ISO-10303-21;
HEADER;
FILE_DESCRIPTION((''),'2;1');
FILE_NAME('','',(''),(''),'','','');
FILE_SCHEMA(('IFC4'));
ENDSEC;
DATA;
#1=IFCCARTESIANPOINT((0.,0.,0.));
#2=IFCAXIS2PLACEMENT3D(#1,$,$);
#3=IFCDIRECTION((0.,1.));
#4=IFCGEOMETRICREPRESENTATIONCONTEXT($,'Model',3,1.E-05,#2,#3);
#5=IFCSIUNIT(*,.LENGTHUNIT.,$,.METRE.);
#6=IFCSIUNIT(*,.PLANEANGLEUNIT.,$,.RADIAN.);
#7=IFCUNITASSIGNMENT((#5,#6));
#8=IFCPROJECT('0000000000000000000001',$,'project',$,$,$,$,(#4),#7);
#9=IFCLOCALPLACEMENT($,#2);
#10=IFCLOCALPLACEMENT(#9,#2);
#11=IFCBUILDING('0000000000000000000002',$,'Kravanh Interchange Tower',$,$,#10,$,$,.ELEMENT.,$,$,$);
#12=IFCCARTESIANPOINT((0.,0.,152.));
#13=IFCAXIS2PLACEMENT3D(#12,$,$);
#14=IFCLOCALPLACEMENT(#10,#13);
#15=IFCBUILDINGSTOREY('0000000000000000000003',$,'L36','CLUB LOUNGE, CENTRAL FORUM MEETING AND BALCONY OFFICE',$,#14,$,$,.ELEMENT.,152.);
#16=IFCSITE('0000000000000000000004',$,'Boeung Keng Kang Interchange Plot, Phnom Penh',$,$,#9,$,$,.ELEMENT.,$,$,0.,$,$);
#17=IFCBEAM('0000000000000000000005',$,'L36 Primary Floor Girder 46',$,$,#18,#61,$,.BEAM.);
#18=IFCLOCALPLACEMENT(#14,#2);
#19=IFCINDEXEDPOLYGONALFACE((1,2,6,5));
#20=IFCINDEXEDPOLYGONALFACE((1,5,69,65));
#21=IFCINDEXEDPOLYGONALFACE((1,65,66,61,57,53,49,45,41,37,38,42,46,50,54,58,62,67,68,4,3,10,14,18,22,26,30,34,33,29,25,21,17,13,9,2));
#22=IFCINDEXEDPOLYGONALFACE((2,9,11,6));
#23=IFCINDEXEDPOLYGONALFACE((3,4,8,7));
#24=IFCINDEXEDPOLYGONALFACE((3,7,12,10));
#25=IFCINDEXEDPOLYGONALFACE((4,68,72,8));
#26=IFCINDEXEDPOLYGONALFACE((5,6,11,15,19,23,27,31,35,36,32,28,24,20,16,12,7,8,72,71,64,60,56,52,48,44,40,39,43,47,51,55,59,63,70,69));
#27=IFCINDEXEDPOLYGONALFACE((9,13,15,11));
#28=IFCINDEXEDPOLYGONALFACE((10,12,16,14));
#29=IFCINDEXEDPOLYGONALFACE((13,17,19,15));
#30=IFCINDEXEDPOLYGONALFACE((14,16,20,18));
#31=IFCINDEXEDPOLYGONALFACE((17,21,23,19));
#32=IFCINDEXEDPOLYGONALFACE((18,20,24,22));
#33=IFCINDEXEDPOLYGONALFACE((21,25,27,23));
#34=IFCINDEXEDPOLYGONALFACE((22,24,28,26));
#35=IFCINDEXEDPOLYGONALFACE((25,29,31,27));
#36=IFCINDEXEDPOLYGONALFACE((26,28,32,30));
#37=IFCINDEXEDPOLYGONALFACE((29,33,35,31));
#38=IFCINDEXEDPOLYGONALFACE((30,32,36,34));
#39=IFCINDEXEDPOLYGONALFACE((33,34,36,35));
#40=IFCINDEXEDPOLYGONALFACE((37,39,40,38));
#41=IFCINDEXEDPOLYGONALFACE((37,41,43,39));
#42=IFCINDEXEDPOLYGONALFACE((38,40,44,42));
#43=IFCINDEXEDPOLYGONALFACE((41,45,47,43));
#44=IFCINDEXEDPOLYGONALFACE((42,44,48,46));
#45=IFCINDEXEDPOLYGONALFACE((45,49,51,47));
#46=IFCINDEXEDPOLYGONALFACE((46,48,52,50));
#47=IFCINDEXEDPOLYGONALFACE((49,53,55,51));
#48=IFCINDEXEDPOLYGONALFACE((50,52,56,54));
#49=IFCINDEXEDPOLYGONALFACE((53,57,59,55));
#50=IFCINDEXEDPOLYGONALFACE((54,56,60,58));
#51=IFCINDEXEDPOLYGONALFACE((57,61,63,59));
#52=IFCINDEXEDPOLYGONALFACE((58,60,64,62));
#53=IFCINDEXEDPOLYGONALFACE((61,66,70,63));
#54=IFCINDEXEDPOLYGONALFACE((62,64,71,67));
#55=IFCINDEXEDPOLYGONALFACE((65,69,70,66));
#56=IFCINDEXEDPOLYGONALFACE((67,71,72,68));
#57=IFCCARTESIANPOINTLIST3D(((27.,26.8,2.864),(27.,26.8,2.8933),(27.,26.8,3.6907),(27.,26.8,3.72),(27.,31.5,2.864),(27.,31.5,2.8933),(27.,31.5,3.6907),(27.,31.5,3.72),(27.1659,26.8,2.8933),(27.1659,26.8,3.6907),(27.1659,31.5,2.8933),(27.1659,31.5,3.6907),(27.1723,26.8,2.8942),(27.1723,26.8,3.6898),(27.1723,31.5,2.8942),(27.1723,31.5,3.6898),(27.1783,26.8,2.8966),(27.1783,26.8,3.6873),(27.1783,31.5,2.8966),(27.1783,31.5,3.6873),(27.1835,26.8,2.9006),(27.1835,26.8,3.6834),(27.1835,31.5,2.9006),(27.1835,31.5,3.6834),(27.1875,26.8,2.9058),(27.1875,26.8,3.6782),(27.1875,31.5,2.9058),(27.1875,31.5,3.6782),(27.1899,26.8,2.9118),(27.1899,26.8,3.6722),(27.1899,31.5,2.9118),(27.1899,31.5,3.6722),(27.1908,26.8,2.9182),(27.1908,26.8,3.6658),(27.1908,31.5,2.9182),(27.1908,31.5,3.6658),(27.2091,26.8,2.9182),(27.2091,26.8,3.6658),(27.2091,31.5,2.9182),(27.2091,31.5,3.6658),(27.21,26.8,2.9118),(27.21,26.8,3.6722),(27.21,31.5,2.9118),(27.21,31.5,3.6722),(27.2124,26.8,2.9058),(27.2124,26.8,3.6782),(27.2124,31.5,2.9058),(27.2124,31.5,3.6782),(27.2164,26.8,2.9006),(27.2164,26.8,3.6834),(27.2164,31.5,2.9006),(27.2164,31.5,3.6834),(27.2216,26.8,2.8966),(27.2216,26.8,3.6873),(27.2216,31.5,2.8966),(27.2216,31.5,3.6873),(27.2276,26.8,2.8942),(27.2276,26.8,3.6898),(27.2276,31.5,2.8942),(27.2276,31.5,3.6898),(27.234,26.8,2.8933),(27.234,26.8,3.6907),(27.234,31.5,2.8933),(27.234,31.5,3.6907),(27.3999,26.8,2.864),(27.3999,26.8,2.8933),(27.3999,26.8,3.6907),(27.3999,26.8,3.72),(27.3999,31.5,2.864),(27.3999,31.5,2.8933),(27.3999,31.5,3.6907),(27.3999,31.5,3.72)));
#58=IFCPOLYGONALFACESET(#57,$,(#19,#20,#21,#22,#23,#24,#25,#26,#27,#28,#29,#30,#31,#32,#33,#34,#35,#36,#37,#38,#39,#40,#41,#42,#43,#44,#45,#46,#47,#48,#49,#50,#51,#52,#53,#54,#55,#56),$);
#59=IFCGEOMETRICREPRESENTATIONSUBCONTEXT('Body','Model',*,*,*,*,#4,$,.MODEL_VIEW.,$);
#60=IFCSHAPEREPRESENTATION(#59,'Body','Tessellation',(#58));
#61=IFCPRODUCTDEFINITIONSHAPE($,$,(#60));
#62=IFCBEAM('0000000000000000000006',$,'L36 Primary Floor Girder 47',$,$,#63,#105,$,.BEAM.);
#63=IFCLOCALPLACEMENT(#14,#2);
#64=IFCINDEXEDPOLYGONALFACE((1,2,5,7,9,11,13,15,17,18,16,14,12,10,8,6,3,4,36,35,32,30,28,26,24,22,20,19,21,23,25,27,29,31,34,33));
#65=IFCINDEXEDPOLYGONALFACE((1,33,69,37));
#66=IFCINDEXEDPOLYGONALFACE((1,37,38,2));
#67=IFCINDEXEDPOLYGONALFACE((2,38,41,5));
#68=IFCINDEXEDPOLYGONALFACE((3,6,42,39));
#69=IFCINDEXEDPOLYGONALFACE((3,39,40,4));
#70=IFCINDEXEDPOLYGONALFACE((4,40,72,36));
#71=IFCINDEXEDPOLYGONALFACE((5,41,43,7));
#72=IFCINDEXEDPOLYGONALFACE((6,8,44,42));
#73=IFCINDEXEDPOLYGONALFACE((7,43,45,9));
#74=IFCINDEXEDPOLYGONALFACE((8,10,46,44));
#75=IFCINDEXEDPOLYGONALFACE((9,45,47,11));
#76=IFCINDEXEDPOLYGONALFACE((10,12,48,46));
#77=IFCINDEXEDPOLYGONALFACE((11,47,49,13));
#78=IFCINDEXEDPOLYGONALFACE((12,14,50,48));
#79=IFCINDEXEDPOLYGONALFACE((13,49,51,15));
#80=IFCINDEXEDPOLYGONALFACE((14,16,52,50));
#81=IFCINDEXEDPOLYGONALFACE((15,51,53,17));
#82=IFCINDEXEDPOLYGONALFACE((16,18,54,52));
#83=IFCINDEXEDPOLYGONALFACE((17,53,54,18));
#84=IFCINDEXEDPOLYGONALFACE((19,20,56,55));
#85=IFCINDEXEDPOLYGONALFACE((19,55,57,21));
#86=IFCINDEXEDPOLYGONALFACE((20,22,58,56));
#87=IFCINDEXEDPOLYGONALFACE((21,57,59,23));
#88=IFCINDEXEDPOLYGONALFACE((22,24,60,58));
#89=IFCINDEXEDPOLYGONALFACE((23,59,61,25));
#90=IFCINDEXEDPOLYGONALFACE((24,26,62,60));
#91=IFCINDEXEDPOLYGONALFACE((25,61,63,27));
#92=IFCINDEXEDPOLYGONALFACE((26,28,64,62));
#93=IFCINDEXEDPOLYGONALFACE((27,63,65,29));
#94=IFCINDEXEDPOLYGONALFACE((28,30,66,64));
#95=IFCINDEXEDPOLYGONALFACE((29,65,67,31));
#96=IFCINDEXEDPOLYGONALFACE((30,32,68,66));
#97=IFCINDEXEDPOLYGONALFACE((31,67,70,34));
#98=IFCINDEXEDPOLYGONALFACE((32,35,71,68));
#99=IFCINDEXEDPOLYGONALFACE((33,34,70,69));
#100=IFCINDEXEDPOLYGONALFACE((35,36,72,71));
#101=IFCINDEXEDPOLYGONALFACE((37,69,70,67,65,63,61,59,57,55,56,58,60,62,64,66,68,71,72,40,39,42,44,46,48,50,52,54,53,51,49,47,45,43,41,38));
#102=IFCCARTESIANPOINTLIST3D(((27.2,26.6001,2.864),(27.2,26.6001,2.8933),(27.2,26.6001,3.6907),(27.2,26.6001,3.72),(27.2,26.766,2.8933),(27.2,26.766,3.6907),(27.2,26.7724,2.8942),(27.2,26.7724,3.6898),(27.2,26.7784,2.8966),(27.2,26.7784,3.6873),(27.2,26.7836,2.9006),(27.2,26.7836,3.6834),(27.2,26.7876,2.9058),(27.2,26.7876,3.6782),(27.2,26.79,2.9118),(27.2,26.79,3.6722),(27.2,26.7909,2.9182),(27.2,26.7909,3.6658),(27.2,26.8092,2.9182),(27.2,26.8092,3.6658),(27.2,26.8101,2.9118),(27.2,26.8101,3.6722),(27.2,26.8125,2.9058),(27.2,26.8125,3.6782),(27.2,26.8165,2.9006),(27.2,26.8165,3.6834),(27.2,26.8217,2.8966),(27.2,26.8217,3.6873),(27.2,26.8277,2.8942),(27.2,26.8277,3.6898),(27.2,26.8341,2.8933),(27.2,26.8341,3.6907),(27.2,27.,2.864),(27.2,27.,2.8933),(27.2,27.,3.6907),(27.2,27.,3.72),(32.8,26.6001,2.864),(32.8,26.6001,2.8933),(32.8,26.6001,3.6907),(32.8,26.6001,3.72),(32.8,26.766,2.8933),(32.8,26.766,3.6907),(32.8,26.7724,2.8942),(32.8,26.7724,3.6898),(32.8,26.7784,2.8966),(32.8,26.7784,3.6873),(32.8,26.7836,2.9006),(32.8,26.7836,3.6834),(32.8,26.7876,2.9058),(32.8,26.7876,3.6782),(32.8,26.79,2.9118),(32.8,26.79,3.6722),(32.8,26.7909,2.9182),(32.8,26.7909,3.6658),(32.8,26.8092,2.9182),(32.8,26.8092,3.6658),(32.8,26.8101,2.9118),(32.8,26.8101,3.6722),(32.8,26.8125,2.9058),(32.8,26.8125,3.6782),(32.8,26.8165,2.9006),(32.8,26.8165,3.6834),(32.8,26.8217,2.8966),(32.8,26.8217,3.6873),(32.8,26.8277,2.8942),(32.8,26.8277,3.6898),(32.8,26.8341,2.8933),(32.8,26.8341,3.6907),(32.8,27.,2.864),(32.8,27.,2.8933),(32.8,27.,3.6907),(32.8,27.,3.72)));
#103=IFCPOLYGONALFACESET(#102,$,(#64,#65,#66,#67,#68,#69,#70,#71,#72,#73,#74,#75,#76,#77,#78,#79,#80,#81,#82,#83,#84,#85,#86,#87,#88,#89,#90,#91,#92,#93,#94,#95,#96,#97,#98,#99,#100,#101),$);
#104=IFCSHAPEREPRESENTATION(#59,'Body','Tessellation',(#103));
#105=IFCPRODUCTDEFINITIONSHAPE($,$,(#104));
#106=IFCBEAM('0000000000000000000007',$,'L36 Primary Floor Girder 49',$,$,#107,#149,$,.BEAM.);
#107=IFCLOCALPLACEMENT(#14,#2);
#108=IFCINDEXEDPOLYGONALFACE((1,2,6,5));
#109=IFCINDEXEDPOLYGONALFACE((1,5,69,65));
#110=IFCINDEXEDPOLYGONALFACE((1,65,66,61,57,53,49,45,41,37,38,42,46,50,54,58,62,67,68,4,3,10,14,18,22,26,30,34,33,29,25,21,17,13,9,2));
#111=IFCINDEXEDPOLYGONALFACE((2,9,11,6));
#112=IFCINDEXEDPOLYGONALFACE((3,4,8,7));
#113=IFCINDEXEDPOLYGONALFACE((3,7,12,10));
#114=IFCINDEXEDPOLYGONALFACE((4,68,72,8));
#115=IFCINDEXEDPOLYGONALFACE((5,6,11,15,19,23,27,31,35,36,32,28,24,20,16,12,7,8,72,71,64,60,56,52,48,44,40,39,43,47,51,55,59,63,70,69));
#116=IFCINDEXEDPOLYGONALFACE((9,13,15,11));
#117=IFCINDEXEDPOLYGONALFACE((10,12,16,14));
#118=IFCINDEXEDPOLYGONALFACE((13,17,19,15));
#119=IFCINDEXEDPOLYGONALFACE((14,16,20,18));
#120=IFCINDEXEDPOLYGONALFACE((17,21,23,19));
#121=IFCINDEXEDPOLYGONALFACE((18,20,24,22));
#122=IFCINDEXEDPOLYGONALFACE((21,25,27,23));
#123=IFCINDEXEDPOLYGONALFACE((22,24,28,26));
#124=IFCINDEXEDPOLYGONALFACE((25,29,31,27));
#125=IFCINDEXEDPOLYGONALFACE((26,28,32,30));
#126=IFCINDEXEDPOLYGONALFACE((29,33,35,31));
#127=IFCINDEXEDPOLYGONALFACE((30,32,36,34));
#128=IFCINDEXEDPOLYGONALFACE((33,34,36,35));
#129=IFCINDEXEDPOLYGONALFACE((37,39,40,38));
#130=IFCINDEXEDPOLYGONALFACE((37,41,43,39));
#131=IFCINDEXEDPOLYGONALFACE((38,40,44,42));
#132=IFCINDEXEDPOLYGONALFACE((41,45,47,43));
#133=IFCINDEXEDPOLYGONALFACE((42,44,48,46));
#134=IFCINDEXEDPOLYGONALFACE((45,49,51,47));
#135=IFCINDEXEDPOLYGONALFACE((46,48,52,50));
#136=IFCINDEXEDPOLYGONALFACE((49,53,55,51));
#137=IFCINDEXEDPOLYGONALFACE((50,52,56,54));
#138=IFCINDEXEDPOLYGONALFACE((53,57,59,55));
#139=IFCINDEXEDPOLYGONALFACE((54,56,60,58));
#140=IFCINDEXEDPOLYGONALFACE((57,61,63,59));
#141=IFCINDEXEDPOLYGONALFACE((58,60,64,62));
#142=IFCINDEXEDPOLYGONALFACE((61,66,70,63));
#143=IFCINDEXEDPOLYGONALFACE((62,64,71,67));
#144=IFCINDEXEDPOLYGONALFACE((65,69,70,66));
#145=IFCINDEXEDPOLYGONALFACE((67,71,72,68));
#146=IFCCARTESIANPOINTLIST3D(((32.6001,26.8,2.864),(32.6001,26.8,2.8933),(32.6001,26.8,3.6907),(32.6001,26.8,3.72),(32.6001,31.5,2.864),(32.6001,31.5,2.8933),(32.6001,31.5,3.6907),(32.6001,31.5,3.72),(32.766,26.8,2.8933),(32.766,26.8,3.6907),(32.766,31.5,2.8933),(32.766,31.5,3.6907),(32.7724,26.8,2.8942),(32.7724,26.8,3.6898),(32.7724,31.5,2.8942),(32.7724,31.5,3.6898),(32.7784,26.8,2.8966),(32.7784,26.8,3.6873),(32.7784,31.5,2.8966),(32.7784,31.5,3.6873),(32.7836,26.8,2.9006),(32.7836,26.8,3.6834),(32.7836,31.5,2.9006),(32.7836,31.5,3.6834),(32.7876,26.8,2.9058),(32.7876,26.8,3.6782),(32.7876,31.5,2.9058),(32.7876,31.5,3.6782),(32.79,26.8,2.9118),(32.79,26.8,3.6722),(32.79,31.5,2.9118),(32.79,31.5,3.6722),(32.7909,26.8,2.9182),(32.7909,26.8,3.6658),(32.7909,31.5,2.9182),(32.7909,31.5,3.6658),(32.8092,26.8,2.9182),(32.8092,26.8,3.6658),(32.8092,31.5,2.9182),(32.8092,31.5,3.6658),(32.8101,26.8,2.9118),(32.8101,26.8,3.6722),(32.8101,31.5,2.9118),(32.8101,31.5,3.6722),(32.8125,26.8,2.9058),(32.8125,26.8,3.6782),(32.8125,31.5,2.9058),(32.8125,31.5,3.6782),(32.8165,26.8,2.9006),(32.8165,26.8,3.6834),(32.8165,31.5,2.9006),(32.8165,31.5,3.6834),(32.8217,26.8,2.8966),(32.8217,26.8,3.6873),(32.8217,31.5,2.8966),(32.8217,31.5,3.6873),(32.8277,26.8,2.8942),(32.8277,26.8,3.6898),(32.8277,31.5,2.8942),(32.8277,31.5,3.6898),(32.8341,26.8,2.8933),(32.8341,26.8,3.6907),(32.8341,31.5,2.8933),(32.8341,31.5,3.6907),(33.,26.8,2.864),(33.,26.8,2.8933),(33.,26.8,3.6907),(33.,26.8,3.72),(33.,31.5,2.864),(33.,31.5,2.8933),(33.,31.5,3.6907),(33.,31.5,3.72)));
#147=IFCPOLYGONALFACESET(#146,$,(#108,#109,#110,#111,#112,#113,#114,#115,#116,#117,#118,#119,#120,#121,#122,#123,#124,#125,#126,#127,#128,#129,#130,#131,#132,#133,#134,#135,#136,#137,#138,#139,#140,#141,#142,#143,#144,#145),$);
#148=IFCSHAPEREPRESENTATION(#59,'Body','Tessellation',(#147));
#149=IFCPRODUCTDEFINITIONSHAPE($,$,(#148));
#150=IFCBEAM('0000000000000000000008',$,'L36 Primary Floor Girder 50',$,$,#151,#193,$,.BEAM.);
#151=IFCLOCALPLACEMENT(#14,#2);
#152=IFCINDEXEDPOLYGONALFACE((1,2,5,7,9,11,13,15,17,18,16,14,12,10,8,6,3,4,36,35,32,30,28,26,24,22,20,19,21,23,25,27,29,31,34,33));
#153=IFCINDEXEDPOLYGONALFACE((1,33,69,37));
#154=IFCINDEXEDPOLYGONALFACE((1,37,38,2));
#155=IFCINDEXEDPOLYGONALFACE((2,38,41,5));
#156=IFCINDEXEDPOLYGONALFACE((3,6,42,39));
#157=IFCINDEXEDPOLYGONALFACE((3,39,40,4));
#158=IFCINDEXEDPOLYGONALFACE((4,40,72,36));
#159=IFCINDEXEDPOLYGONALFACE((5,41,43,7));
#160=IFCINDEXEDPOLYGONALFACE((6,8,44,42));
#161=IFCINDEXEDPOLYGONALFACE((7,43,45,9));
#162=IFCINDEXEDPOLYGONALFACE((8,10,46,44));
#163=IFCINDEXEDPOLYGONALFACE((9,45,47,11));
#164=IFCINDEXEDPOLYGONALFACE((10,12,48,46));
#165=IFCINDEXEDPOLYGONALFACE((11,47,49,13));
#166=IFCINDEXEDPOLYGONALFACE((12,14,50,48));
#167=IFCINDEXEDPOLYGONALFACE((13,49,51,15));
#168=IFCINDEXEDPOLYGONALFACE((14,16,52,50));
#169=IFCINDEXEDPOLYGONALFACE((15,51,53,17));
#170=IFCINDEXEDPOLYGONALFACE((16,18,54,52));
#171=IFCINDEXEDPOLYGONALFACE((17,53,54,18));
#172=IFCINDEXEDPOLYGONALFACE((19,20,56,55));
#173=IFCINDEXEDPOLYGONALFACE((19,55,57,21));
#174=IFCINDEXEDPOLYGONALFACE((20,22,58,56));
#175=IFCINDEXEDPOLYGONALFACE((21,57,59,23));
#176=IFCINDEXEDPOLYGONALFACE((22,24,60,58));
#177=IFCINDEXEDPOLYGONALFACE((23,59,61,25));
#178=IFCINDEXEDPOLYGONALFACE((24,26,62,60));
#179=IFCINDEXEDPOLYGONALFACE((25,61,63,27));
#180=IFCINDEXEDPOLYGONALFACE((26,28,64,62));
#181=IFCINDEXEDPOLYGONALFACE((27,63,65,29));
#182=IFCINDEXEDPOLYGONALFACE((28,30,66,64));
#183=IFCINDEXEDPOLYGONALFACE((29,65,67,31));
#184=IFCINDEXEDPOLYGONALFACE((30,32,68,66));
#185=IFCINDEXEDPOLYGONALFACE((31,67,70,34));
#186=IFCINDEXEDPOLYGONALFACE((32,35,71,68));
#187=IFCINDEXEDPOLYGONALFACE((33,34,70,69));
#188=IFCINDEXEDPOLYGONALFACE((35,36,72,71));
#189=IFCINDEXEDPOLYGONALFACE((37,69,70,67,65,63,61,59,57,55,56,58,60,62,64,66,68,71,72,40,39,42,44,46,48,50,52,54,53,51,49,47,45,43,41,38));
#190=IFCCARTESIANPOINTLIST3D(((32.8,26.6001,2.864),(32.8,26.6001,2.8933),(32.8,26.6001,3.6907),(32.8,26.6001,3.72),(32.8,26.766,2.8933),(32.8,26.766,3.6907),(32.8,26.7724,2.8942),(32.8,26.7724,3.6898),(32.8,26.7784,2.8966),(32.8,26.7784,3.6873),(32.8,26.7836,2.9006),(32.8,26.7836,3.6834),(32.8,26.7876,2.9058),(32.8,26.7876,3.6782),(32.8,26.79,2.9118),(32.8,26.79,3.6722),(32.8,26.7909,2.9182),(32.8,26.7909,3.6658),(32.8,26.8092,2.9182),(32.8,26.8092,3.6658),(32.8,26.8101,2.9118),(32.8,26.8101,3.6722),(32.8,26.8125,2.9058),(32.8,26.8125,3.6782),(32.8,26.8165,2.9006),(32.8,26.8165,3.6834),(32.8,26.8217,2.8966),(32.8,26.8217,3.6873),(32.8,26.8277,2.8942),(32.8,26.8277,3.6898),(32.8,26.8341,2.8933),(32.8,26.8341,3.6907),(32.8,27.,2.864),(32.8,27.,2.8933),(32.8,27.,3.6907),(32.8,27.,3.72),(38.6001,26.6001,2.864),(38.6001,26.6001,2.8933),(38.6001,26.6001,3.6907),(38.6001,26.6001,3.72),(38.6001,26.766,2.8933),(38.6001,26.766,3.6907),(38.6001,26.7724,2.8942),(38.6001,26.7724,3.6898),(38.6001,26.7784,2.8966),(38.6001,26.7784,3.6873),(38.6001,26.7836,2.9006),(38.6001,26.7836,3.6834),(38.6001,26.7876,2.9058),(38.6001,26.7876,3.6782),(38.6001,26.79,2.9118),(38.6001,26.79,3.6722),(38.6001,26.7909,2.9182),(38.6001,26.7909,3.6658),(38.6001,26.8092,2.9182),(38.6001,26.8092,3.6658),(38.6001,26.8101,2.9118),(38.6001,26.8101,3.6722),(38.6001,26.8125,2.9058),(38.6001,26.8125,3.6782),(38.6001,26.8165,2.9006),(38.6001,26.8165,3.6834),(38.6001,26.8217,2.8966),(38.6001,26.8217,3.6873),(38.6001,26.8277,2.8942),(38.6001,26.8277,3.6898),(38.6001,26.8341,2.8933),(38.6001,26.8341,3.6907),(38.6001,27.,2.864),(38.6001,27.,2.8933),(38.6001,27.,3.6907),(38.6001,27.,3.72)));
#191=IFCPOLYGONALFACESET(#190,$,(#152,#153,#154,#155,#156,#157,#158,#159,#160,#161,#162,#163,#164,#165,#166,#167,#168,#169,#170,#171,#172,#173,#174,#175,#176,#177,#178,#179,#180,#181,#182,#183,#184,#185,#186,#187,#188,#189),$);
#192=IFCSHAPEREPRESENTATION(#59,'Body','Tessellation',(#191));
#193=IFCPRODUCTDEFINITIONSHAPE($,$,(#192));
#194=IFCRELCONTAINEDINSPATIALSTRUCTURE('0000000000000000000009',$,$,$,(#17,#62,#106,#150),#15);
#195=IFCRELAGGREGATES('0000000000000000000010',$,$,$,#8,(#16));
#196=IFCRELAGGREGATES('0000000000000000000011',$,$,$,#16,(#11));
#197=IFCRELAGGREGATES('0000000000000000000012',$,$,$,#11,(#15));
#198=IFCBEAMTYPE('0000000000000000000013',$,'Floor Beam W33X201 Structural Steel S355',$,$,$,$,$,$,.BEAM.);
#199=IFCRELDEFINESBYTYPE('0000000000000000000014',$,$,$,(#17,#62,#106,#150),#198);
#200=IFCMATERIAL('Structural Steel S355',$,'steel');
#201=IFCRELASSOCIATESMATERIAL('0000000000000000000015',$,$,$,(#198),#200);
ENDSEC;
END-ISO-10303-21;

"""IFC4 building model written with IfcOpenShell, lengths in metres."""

from ifc_helpers import new_model, si_unit, direction, frame, origin, origin_2d, place, context, subcontext, project, spatial, i_section, extrude, material, material_profile, profile_set, type_object, element, save


model = new_model("IFC4")

# Units and contexts
model_context = context("Model", 3, precision=1e-05, world=origin(), true_north=direction((0.0, 1.0)))
body_context = subcontext(model_context, "Body", "Model", "MODEL_VIEW")
ifc_project = project(units=[si_unit("LENGTHUNIT", "METRE"), si_unit("PLANEANGLEUNIT", "RADIAN")], contexts=[model_context])

# Site, building, storey
site_placement = place(None, origin())
site = spatial("IfcSite", under=ifc_project, at=site_placement, Name="Boeung Keng Kang Interchange Plot, Phnom Penh", CompositionType="ELEMENT", RefElevation=0.0)
building_placement = place(site_placement, origin())
building = spatial("IfcBuilding", under=site, at=building_placement, Name="Kravanh Interchange Tower", CompositionType="ELEMENT")
storey_placement = place(building_placement, frame((0.0, 0.0, 152.0)))
storey = spatial("IfcBuildingStorey", under=building, at=storey_placement, Name="L36", Description="CLUB LOUNGE, CENTRAL FORUM MEETING AND BALCONY OFFICE", CompositionType="ELEMENT", Elevation=152.0)

# Beams
ifc_material_1 = material(Name="Structural Steel S355", Category="steel")
ifc_material_profile_1 = material_profile(ifc_material_1, i_section(OverallWidth=0.3999, OverallDepth=0.856, WebThickness=0.0183, FlangeThickness=0.0293, FilletRadius=0.0249, at=origin_2d()), Name="W33X201")
ifc_profile_set_1 = profile_set([ifc_material_profile_1], Name="Structural Steel S355")
beam_type_1 = type_object("IfcBeamType", Name="Floor Beam W33X201 Structural Steel S355", PredefinedType="BEAM", material=ifc_profile_set_1)
beam_1_placement = place(storey_placement, frame((27.2, 26.8, 3.292), z_axis=(0.0, 1.0, 0.0), x_axis=(-1.0, 0.0, 0.0)))
element("IfcBeam", 1, at=beam_1_placement, inside=storey, type_object=beam_type_1, Name="L36 Primary Floor Girder 46", PredefinedType="BEAM", context=body_context, shape_type="SweptSolid", body=[
    extrude(i_section(OverallWidth=0.3999, OverallDepth=0.856, WebThickness=0.0183, FlangeThickness=0.0293, FilletRadius=0.0249, at=origin_2d()), origin(), (0.0, 0.0, 1.0), 4.7),
])
beam_2_placement = place(storey_placement, frame((27.2, 26.8, 3.292), z_axis=(1.0, 0.0, 0.0), x_axis=(0.0, 1.0, 0.0)))
element("IfcBeam", 2, at=beam_2_placement, inside=storey, type_object=beam_type_1, Name="L36 Primary Floor Girder 47", PredefinedType="BEAM", context=body_context, shape_type="SweptSolid", body=[
    extrude(i_section(OverallWidth=0.3999, OverallDepth=0.856, WebThickness=0.0183, FlangeThickness=0.0293, FilletRadius=0.0249, at=origin_2d()), origin(), (0.0, 0.0, 1.0), 5.6001),
])
beam_3_placement = place(storey_placement, frame((32.8, 26.8, 3.292), z_axis=(0.0, 1.0, 0.0), x_axis=(-1.0, 0.0, 0.0)))
element("IfcBeam", 3, at=beam_3_placement, inside=storey, type_object=beam_type_1, Name="L36 Primary Floor Girder 49", PredefinedType="BEAM", context=body_context, shape_type="SweptSolid", body=[
    extrude(i_section(OverallWidth=0.3999, OverallDepth=0.856, WebThickness=0.0183, FlangeThickness=0.0293, FilletRadius=0.0249, at=origin_2d()), origin(), (0.0, 0.0, 1.0), 4.7),
])
beam_4_placement = place(storey_placement, frame((32.8, 26.8, 3.292), z_axis=(1.0, 0.0, 0.0), x_axis=(0.0, 1.0, 0.0)))
element("IfcBeam", 4, at=beam_4_placement, inside=storey, type_object=beam_type_1, Name="L36 Primary Floor Girder 50", PredefinedType="BEAM", context=body_context, shape_type="SweptSolid", body=[
    extrude(i_section(OverallWidth=0.3999, OverallDepth=0.856, WebThickness=0.0183, FlangeThickness=0.0293, FilletRadius=0.0249, at=origin_2d()), origin(), (0.0, 0.0, 1.0), 5.8),
])

save(model, "model.ifc")
